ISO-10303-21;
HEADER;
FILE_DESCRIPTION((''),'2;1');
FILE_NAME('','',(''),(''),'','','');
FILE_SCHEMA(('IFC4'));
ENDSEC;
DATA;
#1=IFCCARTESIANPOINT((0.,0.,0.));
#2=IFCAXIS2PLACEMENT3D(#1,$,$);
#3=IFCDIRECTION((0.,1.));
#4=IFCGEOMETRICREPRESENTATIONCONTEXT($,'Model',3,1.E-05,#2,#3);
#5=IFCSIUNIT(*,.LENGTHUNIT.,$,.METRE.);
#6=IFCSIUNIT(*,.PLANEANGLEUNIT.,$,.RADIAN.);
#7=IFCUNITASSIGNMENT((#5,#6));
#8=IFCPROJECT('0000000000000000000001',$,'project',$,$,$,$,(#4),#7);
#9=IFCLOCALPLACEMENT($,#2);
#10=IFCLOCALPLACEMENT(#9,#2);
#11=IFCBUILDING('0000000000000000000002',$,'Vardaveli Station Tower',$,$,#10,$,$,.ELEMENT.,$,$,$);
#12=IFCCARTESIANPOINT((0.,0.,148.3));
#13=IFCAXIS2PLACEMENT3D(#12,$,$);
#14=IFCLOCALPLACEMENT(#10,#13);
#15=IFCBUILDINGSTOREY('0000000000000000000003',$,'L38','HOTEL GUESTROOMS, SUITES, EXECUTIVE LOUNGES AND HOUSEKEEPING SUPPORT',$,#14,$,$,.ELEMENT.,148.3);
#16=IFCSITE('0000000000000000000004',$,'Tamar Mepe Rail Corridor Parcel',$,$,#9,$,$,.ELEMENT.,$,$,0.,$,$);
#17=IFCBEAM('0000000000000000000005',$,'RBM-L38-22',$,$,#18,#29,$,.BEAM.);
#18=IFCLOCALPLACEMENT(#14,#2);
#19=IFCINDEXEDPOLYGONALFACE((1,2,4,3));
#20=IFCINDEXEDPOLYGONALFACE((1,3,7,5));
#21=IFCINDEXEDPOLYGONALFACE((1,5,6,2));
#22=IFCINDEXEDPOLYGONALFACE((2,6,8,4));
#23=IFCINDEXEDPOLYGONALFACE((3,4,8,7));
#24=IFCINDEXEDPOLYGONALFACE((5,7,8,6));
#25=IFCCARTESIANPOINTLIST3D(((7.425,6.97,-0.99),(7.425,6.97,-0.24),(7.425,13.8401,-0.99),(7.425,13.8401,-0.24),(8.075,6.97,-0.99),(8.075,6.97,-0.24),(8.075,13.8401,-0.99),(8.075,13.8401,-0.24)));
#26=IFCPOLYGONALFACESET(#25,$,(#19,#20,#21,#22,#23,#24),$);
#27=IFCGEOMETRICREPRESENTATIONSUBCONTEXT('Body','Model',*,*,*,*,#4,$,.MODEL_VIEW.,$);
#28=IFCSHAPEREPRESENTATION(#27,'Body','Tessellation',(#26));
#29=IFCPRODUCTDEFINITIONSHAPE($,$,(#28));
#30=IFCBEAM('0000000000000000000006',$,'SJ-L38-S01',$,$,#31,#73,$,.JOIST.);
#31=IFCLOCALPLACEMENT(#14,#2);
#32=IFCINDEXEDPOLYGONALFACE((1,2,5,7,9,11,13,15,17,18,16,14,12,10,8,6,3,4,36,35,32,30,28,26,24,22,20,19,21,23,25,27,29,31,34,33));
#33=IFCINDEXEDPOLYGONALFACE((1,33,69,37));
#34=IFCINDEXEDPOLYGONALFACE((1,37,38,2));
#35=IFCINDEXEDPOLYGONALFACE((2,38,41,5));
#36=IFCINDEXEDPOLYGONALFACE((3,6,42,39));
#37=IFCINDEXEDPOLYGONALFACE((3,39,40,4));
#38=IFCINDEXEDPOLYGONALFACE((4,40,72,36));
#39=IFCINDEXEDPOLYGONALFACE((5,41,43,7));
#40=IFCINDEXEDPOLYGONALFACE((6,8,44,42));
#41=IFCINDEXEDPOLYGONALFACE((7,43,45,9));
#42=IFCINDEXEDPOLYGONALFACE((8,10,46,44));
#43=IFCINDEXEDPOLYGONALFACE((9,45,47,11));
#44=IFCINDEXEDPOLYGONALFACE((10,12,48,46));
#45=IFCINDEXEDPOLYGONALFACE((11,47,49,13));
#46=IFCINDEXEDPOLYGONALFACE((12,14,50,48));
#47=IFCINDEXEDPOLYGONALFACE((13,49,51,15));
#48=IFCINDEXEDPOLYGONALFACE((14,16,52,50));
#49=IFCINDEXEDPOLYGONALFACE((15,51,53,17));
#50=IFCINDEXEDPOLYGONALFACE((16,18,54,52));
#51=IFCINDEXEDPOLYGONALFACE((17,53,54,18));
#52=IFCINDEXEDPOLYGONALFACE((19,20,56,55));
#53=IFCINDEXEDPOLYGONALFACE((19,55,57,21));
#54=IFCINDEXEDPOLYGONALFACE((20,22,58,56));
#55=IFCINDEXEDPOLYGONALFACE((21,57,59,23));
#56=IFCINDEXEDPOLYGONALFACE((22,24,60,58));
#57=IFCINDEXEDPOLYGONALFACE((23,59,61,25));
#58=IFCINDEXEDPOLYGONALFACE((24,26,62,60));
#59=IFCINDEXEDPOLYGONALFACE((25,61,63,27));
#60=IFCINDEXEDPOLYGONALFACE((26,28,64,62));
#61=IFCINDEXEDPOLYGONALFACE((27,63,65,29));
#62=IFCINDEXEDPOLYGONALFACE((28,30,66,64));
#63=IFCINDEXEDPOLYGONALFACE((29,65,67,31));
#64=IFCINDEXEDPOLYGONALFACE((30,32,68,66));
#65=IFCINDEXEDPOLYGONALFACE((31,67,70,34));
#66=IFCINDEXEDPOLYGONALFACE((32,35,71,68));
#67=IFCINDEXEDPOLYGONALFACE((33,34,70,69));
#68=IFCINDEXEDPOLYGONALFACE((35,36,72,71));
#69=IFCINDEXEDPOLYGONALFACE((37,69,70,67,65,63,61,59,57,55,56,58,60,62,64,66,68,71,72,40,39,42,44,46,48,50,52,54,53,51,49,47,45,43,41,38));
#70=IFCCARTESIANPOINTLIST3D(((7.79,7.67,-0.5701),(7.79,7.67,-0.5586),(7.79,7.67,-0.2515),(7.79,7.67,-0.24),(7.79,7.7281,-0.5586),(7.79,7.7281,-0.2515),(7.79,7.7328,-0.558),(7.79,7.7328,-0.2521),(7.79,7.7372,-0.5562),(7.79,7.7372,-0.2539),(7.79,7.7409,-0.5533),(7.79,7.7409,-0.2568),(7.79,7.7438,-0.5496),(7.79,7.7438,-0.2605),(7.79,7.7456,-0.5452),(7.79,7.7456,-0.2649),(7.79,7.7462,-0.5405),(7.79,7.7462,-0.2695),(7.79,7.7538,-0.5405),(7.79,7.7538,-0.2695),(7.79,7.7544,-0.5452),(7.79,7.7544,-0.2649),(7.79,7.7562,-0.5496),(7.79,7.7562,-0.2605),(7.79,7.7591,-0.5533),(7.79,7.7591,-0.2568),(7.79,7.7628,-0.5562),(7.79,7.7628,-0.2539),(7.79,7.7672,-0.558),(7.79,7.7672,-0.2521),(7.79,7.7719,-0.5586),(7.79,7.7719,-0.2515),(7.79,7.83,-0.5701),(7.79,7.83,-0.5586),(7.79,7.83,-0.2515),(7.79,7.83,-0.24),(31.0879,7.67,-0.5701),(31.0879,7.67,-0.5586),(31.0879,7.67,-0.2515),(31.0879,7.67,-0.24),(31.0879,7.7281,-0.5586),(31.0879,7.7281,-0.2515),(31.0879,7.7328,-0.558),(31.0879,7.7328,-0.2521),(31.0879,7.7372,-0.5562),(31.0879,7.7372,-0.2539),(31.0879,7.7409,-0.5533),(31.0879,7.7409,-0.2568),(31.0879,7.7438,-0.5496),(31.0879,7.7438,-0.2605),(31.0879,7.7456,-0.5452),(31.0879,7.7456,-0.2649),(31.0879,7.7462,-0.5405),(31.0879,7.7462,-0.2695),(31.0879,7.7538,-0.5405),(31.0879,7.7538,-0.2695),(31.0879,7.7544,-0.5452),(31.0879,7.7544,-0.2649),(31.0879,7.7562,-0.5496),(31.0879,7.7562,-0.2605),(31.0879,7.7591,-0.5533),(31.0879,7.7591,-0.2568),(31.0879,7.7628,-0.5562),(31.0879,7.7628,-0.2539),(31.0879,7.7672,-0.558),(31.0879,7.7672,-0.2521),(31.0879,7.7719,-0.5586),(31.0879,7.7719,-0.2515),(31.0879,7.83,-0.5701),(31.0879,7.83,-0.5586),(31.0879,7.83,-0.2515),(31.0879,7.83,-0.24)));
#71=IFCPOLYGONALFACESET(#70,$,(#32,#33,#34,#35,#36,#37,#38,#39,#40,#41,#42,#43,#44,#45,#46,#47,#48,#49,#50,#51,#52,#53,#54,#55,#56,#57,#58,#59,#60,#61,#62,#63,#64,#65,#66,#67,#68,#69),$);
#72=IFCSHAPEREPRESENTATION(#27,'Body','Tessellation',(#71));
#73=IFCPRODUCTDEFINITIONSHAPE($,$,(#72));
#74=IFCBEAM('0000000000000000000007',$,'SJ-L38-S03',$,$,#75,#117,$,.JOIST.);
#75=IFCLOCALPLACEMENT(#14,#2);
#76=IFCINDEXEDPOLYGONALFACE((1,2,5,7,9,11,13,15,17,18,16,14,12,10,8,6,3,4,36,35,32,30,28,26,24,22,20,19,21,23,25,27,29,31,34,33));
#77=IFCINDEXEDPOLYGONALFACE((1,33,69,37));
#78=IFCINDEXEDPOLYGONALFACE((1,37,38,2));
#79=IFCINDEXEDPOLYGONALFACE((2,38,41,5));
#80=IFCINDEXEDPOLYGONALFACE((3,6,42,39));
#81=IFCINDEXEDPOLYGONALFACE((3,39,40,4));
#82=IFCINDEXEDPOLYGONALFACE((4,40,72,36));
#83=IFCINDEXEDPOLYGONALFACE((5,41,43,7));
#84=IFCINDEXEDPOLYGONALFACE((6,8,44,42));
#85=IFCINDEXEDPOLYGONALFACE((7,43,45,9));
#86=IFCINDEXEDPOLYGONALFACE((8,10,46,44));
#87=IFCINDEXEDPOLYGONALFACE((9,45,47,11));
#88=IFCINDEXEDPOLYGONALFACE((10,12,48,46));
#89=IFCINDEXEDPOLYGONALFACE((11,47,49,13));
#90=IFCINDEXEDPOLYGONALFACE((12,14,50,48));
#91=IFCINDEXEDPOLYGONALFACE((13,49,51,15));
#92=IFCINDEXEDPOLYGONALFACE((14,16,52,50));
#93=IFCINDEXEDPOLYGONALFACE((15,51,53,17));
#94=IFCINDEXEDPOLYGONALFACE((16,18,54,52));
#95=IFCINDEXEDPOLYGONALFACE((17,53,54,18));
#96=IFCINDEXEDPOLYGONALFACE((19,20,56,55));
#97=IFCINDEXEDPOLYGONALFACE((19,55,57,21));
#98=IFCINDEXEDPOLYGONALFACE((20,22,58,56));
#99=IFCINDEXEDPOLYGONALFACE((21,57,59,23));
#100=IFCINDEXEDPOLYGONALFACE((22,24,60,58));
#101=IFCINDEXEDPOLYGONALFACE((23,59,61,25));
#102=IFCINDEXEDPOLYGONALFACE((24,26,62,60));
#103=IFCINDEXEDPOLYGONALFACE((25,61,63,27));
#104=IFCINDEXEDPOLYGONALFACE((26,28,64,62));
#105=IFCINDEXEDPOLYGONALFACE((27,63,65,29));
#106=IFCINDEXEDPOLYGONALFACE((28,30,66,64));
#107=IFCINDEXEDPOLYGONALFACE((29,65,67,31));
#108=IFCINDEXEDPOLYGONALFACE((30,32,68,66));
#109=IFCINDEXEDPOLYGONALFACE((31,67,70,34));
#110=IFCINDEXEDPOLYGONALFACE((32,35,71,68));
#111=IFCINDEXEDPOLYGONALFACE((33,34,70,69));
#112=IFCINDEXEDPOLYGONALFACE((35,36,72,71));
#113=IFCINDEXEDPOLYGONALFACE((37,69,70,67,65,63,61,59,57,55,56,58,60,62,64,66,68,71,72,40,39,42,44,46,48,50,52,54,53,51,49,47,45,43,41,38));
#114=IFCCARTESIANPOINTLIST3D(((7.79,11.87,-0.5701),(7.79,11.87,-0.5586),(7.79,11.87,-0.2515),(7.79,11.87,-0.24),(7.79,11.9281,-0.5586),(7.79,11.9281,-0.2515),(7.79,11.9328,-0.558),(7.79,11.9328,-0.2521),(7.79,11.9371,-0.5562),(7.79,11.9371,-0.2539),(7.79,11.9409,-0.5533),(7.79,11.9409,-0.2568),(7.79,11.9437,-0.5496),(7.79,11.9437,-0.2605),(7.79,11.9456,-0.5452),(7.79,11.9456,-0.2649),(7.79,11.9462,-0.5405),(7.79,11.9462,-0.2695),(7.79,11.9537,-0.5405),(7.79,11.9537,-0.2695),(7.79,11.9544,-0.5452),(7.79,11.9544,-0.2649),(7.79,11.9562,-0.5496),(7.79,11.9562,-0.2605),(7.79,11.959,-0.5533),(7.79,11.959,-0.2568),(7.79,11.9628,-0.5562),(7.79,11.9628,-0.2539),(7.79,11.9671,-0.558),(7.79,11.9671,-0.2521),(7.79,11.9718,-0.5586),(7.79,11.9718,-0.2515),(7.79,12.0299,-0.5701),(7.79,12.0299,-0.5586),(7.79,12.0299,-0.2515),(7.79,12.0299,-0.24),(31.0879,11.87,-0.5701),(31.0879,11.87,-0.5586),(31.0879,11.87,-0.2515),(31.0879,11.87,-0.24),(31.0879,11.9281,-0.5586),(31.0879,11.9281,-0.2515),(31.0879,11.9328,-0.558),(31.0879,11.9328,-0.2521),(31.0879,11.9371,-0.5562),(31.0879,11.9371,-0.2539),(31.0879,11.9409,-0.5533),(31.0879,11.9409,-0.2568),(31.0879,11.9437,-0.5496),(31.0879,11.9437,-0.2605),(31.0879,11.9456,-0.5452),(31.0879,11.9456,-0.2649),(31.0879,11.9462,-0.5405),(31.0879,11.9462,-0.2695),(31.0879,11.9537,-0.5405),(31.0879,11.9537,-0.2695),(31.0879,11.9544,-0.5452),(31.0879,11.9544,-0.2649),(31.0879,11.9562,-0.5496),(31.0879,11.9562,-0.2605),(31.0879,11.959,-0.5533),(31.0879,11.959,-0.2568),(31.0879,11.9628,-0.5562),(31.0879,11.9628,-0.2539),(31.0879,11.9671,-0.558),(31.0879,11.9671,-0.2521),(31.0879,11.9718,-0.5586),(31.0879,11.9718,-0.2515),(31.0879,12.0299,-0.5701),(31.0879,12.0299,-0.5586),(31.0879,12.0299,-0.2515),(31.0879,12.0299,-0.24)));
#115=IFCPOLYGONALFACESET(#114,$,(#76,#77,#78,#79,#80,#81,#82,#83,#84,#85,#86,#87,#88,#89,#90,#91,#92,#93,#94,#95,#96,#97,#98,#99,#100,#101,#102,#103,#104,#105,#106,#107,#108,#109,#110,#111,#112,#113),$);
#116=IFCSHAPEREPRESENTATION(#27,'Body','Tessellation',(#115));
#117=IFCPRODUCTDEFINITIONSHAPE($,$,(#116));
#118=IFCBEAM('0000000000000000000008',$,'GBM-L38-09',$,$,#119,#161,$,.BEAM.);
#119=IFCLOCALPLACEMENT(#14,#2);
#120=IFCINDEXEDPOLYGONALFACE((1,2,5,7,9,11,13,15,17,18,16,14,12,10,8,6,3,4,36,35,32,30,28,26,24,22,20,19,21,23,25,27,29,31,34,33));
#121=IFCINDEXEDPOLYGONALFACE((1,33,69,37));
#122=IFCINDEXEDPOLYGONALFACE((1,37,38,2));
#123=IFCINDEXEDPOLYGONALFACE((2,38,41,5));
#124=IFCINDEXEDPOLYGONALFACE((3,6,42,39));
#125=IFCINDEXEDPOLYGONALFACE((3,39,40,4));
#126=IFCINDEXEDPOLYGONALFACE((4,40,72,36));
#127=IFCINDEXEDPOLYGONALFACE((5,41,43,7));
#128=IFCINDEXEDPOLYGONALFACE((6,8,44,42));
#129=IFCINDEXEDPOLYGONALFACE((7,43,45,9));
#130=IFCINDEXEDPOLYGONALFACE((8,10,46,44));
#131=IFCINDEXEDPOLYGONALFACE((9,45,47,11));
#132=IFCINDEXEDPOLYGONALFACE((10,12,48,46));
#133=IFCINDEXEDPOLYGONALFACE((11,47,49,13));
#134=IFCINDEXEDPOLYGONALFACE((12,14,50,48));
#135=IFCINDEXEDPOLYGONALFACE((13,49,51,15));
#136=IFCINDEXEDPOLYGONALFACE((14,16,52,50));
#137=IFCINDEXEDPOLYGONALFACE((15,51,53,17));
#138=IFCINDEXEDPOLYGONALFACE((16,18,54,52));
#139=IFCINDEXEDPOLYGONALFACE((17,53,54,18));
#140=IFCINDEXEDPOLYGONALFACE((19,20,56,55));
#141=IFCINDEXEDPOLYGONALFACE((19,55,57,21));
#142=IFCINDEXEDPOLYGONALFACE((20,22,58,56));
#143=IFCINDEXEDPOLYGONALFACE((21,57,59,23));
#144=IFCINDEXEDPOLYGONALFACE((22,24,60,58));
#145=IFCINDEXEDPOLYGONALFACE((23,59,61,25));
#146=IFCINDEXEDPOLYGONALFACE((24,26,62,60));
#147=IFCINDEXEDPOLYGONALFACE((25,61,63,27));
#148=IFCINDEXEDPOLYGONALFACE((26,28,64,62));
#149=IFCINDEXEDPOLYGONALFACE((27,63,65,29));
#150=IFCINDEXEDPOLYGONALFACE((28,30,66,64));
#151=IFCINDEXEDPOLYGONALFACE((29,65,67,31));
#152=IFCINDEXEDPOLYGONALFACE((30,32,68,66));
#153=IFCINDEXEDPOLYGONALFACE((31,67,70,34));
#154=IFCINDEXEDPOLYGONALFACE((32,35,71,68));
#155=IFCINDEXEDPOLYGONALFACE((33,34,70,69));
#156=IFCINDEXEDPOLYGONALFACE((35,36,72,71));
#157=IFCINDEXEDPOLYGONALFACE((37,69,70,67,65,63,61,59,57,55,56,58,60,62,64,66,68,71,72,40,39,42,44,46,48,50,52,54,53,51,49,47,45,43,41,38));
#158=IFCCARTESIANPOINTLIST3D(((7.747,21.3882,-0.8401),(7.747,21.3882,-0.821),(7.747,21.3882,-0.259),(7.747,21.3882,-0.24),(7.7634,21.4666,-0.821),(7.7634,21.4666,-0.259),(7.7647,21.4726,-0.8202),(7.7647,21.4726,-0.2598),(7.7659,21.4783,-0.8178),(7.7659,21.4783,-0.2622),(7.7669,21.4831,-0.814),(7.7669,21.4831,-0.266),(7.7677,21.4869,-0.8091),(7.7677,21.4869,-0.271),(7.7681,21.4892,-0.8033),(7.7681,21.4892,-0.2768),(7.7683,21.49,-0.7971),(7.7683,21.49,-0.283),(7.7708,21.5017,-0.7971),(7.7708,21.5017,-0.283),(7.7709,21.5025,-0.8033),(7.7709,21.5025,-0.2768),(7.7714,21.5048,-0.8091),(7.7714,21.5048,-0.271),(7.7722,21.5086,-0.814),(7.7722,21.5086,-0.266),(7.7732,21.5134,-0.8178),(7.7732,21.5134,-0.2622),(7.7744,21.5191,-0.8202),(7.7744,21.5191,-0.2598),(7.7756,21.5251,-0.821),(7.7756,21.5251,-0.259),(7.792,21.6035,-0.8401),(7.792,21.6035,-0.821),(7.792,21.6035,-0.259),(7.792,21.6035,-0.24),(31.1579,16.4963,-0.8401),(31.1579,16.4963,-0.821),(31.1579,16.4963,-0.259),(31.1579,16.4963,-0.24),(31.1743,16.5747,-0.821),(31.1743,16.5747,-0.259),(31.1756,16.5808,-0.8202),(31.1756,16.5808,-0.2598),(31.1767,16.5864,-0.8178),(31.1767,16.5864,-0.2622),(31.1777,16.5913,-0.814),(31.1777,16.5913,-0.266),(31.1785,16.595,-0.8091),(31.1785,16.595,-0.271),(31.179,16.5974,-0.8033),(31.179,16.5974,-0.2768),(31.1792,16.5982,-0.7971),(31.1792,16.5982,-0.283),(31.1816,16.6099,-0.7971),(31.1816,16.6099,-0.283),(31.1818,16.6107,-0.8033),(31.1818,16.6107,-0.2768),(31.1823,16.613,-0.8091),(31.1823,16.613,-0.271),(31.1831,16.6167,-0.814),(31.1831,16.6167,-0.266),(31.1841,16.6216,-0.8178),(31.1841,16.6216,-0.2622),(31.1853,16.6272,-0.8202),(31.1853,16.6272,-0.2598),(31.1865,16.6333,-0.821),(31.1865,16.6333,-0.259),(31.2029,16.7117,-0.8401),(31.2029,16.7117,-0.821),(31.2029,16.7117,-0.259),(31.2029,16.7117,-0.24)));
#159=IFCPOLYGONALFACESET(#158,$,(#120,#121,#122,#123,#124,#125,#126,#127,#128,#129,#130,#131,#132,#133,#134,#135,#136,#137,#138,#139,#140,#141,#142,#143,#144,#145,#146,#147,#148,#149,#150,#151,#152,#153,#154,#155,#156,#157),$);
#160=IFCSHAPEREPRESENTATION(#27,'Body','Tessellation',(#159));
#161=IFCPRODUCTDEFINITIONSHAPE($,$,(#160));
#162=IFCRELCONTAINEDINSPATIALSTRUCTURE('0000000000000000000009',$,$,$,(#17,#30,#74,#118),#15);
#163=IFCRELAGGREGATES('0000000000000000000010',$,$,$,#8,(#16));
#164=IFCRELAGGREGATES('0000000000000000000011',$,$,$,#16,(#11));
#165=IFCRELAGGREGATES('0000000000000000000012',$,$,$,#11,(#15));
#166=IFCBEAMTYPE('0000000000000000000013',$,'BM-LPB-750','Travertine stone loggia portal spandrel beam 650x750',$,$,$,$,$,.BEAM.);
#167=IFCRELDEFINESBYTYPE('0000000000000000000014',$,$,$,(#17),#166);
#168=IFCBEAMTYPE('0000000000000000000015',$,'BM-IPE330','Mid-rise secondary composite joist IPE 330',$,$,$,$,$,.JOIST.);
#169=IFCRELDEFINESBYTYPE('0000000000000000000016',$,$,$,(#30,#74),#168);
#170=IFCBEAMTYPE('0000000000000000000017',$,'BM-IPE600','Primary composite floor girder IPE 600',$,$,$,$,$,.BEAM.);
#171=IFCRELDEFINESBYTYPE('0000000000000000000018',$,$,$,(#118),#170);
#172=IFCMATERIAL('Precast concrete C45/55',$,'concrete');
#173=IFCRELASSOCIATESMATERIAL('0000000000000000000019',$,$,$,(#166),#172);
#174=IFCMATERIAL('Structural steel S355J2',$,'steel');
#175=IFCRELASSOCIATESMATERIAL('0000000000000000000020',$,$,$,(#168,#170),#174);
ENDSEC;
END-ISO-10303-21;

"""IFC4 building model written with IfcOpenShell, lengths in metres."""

from ifc_helpers import new_model, si_unit, direction, frame, origin, origin_2d, place, context, subcontext, project, spatial, rectangle, i_section, extrude, source, transform, mapped, material, material_profile, profile_set, type_object, element, save


model = new_model("IFC4")

# Units and contexts
model_context = context("Model", 3, precision=1e-05, world=origin(), true_north=direction((0.0, 1.0)))
body_context = subcontext(model_context, "Body", "Model", "MODEL_VIEW")
ifc_project = project(units=[si_unit("LENGTHUNIT", "METRE"), si_unit("PLANEANGLEUNIT", "RADIAN")], contexts=[model_context])

# Site, building, storey
site_placement = place(None, origin())
site = spatial("IfcSite", under=ifc_project, at=site_placement, Name="Tamar Mepe Rail Corridor Parcel", CompositionType="ELEMENT", RefElevation=0.0)
building_placement = place(site_placement, origin())
building = spatial("IfcBuilding", under=site, at=building_placement, Name="Vardaveli Station Tower", CompositionType="ELEMENT")
storey_placement = place(building_placement, frame((0.0, 0.0, 148.3)))
storey = spatial("IfcBuildingStorey", under=building, at=storey_placement, Name="L38", Description="HOTEL GUESTROOMS, SUITES, EXECUTIVE LOUNGES AND HOUSEKEEPING SUPPORT", CompositionType="ELEMENT", Elevation=148.3)

# Beams
ifc_material_1 = material(Name="Precast concrete C45/55", Category="concrete")
ifc_material_profile_1 = material_profile(ifc_material_1, rectangle(XDim=0.6499, YDim=0.75, at=origin_2d()), Name="LPB 650x750")
ifc_profile_set_1 = profile_set([ifc_material_profile_1], Name="Precast concrete C45/55")
beam_type_1 = type_object("IfcBeamType", Name="BM-LPB-750", Description="Travertine stone loggia portal spandrel beam 650x750", PredefinedType="BEAM", material=ifc_profile_set_1)
shared_shape_1 = source(origin(), body_context, "Body", "SweptSolid", [
    extrude(rectangle(XDim=0.6499, YDim=0.75, at=origin_2d()), origin(), (0.0, 0.0, 1.0), 6.8701),
])
beam_1_placement = place(storey_placement, frame((7.75, 13.8401, -0.615), z_axis=(0.0, -1.0, 0.0), x_axis=(1.0, 0.0, 0.0)))
element("IfcBeam", 1, at=beam_1_placement, inside=storey, type_object=beam_type_1, Name="RBM-L38-22", PredefinedType="BEAM", context=body_context, shape_type="MappedRepresentation", body=[
    mapped(shared_shape_1, transform((0.0, 0.0, 0.0), scale=1.0)),
])
ifc_material_2 = material(Name="Structural steel S355J2", Category="steel")
ifc_material_profile_2 = material_profile(ifc_material_2, i_section(OverallWidth=0.1599, OverallDepth=0.3301, WebThickness=0.0076, FlangeThickness=0.0115, FilletRadius=0.0181, at=origin_2d()), Name="IPE 330")
ifc_profile_set_2 = profile_set([ifc_material_profile_2], Name="Structural steel S355J2")
beam_type_2 = type_object("IfcBeamType", Name="BM-IPE330", Description="Mid-rise secondary composite joist IPE 330", PredefinedType="JOIST", material=ifc_profile_set_2)
shared_shape_2 = source(origin(), body_context, "Body", "SweptSolid", [
    extrude(i_section(OverallWidth=0.1599, OverallDepth=0.3301, WebThickness=0.0076, FlangeThickness=0.0115, FilletRadius=0.0181, at=origin_2d()), origin(), (0.0, 0.0, 1.0), 23.2979),
])
for number, where, z_axis, x_axis, name in (
    (2, (7.79, 7.75, -0.405), (1.0, 0.0, 0.0), (0.0, 1.0, 0.0), "SJ-L38-S01"),
    (3, (7.79, 11.95, -0.405), (1.0, 0.0, 0.0), (0.0, 1.0, 0.0), "SJ-L38-S03"),
):
    element("IfcBeam", number, at=place(storey_placement, frame(where, z_axis=z_axis, x_axis=x_axis)), inside=storey, type_object=beam_type_2, Name=name, PredefinedType="JOIST", context=body_context, shape_type="MappedRepresentation", body=[
        mapped(shared_shape_2, transform((0.0, 0.0, 0.0), scale=1.0)),
    ])
ifc_material_profile_3 = material_profile(ifc_material_2, i_section(OverallWidth=0.22, OverallDepth=0.6001, WebThickness=0.012, FlangeThickness=0.019, FilletRadius=0.0239, at=origin_2d()), Name="IPE 600")
ifc_profile_set_3 = profile_set([ifc_material_profile_3], Name="Structural steel S355J2")
beam_type_3 = type_object("IfcBeamType", Name="BM-IPE600", Description="Primary composite floor girder IPE 600", PredefinedType="BEAM", material=ifc_profile_set_3)
shared_shape_3 = source(origin(), body_context, "Body", "SweptSolid", [
    extrude(i_section(OverallWidth=0.22, OverallDepth=0.6001, WebThickness=0.012, FlangeThickness=0.019, FilletRadius=0.0239, at=origin_2d()), origin(), (0.0, 0.0, 1.0), 23.9165),
])
beam_2_placement = place(storey_placement, frame((7.7695, 21.4958, -0.54), z_axis=(0.978859, -0.204538, 0.0), x_axis=(0.204538, 0.978859, 0.0)))
element("IfcBeam", 4, at=beam_2_placement, inside=storey, type_object=beam_type_3, Name="GBM-L38-09", PredefinedType="BEAM", context=body_context, shape_type="MappedRepresentation", body=[
    mapped(shared_shape_3, transform((0.0, 0.0, 0.0), scale=1.0)),
])

save(model, "model.ifc")
